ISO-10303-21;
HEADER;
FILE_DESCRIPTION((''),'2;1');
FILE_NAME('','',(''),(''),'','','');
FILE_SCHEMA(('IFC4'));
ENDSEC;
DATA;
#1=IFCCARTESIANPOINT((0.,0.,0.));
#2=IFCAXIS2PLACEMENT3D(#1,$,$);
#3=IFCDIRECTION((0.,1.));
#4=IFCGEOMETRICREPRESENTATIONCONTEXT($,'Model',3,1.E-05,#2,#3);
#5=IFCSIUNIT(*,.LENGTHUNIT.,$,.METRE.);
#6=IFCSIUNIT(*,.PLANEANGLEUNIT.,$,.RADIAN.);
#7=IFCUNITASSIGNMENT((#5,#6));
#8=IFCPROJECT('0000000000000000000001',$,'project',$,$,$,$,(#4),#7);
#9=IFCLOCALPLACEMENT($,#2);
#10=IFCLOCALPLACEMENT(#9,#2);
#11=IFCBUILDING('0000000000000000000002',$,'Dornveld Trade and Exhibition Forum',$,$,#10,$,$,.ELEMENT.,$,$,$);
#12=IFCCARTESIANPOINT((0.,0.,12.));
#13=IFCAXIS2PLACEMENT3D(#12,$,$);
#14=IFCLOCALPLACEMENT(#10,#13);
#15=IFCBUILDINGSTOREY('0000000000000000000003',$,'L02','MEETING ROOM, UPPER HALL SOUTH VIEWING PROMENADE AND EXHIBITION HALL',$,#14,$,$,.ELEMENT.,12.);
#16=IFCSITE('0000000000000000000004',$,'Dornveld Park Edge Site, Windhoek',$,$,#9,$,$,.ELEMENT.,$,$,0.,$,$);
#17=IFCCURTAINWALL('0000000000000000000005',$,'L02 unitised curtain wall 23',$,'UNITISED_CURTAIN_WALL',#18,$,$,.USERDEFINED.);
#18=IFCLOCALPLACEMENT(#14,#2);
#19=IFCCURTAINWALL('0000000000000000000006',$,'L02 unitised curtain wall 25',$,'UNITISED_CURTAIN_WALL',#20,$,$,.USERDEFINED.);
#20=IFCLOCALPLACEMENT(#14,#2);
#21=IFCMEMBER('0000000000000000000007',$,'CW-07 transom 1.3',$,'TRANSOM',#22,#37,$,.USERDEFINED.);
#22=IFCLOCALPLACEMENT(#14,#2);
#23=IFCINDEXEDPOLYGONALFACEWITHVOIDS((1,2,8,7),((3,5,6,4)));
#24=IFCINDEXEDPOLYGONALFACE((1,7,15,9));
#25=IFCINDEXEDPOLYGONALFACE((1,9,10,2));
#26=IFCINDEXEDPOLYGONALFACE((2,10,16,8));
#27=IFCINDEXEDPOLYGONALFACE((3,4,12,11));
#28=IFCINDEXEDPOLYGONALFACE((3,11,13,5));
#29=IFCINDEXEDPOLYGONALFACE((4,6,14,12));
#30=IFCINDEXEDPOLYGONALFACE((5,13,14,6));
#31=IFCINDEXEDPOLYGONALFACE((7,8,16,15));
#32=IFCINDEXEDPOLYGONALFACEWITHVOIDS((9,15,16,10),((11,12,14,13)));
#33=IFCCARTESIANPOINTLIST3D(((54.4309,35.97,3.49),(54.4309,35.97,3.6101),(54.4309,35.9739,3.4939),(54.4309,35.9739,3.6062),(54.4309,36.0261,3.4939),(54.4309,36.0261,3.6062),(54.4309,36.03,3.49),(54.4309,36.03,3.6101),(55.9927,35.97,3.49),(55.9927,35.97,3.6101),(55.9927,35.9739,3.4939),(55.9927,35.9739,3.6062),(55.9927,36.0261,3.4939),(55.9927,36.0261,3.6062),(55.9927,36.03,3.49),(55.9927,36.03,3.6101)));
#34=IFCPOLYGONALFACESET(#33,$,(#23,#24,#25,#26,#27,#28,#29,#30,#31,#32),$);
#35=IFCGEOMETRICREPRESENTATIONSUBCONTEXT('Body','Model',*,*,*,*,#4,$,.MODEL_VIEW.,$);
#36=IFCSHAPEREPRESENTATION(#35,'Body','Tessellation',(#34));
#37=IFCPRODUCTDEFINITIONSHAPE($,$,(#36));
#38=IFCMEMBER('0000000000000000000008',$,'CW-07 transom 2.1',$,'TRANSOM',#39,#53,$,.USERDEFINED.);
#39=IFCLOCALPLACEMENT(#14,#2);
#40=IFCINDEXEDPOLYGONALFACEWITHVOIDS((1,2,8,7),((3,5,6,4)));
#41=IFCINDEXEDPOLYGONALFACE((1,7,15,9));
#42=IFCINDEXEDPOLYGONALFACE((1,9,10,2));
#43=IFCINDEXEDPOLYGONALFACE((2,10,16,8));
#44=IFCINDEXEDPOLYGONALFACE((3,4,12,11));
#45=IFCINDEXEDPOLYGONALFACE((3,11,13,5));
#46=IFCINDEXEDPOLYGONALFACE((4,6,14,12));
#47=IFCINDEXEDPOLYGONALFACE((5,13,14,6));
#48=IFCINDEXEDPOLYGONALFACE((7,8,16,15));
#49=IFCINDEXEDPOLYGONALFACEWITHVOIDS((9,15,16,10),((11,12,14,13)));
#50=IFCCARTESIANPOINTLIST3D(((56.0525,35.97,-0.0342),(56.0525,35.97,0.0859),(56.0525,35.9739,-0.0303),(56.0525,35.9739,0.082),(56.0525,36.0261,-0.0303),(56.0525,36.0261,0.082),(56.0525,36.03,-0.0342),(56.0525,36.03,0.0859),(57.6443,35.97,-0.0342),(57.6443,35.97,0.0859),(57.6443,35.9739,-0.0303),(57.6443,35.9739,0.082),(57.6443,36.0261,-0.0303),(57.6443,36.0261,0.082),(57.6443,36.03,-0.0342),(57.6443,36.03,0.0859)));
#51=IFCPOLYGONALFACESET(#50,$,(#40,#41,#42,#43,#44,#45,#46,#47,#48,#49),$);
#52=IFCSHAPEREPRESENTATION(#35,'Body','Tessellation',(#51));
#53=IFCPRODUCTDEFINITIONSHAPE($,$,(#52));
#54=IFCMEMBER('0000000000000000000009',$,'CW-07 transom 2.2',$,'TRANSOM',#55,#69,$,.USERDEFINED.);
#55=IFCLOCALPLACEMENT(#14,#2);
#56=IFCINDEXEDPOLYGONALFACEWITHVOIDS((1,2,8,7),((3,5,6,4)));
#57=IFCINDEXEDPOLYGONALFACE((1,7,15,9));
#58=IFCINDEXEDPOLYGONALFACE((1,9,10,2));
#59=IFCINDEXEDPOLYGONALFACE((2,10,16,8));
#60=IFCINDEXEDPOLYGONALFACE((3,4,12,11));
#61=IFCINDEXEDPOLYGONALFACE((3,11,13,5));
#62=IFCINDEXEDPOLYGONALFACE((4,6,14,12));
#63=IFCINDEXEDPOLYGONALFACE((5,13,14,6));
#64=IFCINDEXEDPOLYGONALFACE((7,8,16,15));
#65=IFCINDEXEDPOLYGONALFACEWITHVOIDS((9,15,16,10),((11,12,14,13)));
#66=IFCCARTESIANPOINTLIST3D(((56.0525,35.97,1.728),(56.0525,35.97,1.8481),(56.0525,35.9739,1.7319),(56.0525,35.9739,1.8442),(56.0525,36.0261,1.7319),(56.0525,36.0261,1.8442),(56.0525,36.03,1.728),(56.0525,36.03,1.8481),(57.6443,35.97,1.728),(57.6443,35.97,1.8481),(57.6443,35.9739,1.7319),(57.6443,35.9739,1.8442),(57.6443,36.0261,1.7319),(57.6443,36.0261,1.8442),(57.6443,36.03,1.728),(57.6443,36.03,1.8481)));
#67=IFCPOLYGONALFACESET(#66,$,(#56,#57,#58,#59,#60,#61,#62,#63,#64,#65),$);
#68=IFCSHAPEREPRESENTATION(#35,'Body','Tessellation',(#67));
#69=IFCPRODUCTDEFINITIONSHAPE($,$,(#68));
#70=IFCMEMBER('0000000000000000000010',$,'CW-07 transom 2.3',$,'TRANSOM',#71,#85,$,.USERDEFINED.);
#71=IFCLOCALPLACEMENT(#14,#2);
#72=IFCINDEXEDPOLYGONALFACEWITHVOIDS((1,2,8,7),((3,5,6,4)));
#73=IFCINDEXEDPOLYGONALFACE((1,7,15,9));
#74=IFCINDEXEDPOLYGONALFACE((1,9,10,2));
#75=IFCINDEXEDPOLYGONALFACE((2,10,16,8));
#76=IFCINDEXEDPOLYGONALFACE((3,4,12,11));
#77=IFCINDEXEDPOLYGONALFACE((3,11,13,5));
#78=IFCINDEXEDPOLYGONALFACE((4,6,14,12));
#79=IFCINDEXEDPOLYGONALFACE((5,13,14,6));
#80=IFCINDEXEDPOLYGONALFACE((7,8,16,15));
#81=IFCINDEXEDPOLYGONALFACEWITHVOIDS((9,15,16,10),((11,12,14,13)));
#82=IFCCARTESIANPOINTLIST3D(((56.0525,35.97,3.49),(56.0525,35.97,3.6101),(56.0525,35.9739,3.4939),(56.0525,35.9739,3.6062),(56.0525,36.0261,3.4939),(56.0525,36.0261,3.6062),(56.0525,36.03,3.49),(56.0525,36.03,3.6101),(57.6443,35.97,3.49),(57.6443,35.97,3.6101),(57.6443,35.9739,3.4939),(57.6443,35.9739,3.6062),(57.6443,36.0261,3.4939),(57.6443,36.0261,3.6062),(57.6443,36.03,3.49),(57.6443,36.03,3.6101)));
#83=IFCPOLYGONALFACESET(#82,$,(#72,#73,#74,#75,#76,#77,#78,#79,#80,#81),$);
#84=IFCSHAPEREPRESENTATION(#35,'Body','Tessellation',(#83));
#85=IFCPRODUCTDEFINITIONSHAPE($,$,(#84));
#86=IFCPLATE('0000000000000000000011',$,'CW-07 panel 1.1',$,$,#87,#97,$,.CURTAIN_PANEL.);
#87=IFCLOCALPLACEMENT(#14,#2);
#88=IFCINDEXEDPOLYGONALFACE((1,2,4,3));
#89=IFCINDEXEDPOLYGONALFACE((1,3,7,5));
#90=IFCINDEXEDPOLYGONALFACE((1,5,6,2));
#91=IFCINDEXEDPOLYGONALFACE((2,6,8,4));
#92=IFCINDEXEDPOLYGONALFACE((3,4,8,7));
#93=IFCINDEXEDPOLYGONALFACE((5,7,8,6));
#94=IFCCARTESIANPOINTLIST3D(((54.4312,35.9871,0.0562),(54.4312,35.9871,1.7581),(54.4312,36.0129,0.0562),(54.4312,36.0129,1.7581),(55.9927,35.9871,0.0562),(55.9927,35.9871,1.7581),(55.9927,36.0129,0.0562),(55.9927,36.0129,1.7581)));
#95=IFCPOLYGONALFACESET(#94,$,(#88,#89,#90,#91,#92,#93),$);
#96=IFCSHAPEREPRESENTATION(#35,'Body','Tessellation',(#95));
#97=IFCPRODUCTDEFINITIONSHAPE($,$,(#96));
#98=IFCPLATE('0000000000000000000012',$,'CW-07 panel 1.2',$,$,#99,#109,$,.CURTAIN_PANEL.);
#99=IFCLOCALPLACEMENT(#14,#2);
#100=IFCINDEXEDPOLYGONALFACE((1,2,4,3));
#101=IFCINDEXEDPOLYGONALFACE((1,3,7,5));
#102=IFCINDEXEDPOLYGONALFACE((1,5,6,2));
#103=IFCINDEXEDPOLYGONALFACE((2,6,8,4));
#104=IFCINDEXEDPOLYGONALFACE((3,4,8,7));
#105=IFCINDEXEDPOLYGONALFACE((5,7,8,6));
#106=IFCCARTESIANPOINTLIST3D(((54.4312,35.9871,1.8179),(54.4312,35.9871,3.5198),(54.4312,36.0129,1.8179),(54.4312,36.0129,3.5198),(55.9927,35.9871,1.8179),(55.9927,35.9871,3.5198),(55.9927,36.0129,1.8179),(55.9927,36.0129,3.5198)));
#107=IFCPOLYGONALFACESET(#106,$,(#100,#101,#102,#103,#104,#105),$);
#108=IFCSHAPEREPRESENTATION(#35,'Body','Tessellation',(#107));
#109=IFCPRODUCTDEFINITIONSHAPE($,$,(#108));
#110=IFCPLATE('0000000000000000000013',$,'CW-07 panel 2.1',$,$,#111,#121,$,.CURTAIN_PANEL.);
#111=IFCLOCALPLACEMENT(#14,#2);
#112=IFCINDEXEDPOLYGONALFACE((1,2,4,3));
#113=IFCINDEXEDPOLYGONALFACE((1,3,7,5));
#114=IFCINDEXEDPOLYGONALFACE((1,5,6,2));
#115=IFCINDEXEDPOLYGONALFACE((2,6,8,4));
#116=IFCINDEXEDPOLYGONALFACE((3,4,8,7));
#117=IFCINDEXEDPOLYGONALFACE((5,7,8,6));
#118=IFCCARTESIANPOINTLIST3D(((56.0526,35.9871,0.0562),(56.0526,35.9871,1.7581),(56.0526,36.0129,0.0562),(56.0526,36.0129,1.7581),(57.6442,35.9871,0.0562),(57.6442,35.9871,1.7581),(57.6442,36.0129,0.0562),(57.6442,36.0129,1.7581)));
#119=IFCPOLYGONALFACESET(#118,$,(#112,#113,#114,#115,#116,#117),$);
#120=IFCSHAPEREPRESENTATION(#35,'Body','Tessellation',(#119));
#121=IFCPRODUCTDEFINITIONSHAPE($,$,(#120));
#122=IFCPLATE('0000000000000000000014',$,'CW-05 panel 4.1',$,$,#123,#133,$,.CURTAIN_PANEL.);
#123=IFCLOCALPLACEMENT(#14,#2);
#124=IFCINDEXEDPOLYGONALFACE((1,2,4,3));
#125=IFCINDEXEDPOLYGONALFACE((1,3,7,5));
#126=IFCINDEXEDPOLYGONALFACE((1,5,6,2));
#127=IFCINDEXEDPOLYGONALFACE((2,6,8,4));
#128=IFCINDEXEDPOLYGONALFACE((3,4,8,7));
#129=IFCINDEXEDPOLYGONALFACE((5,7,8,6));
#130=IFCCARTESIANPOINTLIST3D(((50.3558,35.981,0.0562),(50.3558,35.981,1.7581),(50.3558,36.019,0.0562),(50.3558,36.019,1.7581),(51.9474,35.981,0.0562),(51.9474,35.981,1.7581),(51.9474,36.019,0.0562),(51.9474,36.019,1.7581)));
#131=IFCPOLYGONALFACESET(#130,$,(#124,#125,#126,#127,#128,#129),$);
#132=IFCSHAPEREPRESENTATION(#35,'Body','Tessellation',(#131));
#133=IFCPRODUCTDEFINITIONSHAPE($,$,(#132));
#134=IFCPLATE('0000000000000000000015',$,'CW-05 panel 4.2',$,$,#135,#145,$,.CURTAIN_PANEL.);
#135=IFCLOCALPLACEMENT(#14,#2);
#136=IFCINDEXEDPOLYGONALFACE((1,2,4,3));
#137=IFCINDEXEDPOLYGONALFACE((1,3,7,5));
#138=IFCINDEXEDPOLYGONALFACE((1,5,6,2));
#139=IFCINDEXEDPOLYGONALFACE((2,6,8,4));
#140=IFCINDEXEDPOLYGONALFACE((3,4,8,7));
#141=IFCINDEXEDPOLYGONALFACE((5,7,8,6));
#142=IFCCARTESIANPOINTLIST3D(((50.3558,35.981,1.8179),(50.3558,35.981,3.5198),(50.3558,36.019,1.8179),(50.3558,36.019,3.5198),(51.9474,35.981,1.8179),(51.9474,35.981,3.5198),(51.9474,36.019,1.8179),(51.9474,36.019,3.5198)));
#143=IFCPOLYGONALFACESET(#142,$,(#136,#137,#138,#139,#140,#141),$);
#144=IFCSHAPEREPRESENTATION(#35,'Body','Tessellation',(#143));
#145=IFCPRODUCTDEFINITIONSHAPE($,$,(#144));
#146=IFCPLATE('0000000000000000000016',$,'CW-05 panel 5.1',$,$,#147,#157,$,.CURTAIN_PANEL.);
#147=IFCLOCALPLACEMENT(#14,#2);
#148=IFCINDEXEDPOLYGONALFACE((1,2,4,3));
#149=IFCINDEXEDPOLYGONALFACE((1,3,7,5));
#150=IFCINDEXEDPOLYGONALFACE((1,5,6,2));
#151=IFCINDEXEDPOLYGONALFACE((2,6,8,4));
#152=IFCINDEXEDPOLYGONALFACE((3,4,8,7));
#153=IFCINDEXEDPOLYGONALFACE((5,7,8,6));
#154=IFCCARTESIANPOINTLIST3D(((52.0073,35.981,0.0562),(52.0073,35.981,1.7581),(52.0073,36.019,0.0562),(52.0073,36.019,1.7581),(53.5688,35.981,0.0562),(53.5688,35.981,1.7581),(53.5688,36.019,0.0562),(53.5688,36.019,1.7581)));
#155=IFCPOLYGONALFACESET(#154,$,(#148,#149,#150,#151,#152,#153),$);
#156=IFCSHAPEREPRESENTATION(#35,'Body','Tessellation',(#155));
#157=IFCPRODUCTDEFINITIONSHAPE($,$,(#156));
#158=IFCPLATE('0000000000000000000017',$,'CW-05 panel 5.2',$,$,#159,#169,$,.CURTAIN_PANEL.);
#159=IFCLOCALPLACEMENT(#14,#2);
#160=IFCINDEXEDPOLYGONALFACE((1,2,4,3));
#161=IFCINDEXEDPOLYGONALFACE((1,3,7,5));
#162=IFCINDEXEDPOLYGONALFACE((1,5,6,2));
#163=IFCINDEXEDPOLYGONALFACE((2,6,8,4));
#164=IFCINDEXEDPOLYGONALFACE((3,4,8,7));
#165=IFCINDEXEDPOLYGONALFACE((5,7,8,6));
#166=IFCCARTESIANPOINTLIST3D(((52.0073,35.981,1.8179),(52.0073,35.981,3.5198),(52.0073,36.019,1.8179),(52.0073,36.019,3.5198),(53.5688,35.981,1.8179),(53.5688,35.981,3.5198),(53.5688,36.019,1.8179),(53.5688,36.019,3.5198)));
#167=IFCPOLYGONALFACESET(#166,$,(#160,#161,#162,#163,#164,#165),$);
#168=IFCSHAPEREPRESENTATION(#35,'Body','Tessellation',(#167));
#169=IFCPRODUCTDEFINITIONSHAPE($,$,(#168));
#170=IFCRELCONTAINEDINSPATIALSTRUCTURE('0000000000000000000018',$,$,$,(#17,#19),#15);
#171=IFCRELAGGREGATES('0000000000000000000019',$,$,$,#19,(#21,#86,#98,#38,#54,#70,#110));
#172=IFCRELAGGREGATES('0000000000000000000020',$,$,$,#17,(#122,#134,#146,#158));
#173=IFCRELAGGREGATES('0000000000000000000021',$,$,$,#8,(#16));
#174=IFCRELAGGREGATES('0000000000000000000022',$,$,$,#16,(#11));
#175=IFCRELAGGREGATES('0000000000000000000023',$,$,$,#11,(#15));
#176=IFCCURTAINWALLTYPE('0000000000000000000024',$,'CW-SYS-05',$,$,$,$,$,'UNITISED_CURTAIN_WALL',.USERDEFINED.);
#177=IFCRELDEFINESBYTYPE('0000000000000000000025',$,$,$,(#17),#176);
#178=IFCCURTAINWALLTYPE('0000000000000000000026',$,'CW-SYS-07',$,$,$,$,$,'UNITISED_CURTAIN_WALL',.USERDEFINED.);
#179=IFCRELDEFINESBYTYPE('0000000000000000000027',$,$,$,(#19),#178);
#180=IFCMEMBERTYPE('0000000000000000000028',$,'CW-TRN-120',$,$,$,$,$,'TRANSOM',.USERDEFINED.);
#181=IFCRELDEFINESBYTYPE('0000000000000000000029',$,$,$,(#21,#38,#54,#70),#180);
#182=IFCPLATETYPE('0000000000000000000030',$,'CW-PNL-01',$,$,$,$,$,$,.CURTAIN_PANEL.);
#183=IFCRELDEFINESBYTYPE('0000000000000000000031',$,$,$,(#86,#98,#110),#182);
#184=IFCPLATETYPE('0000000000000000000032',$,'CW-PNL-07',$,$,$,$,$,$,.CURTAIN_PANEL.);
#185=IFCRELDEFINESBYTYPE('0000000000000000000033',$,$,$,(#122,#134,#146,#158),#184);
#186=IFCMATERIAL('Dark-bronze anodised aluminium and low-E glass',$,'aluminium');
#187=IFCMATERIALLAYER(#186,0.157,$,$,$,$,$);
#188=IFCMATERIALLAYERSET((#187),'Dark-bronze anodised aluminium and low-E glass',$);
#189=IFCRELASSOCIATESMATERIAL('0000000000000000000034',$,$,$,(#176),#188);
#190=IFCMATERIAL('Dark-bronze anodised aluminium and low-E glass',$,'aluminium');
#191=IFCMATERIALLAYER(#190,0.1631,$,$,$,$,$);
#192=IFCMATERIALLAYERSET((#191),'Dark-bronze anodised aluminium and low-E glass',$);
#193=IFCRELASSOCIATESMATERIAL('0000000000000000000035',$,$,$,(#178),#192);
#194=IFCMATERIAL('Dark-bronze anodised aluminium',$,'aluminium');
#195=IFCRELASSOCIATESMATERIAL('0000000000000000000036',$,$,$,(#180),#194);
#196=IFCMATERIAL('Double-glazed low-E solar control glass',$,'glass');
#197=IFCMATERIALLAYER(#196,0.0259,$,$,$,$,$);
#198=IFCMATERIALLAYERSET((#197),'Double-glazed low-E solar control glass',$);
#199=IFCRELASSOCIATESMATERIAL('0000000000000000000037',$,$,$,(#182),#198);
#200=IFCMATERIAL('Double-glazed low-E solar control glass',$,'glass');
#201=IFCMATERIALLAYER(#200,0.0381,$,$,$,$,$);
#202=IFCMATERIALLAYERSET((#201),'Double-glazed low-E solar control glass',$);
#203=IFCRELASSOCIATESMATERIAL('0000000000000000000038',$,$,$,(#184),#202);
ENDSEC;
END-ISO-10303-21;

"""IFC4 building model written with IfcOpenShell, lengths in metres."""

from ifc_helpers import new_model, si_unit, direction, frame, origin, origin_2d, place, context, subcontext, project, spatial, rectangle, hollow_rectangle, extrude, material, layer, layer_set, material_profile, profile_set, type_object, element, aggregate, save


model = new_model("IFC4")

# Units and contexts
model_context = context("Model", 3, precision=1e-05, world=origin(), true_north=direction((0.0, 1.0)))
body_context = subcontext(model_context, "Body", "Model", "MODEL_VIEW")
ifc_project = project(units=[si_unit("LENGTHUNIT", "METRE"), si_unit("PLANEANGLEUNIT", "RADIAN")], contexts=[model_context])

# Site, building, storey
site_placement = place(None, origin())
site = spatial("IfcSite", under=ifc_project, at=site_placement, Name="Dornveld Park Edge Site, Windhoek", CompositionType="ELEMENT", RefElevation=0.0)
building_placement = place(site_placement, origin())
building = spatial("IfcBuilding", under=site, at=building_placement, Name="Dornveld Trade and Exhibition Forum", CompositionType="ELEMENT")
storey_placement = place(building_placement, frame((0.0, 0.0, 12.0)))
storey = spatial("IfcBuildingStorey", under=building, at=storey_placement, Name="L02", Description="MEETING ROOM, UPPER HALL SOUTH VIEWING PROMENADE AND EXHIBITION HALL", CompositionType="ELEMENT", Elevation=12.0)

# Curtain walls
ifc_material_1 = material(Name="Dark-bronze anodised aluminium and low-E glass", Category="aluminium")
ifc_layer_1 = layer(ifc_material_1, 0.157)
ifc_layer_set_1 = layer_set([ifc_layer_1], Name="Dark-bronze anodised aluminium and low-E glass")
curtain_wall_type_1 = type_object("IfcCurtainWallType", Name="CW-SYS-05", ElementType="UNITISED_CURTAIN_WALL", PredefinedType="USERDEFINED", material=ifc_layer_set_1)
curtain_wall_1_placement = place(storey_placement, origin())
curtain_wall_1 = element("IfcCurtainWall", 1, at=curtain_wall_1_placement, inside=storey, type_object=curtain_wall_type_1, Name="L02 unitised curtain wall 23", ObjectType="UNITISED_CURTAIN_WALL", PredefinedType="USERDEFINED")
ifc_material_2 = material(Name="Dark-bronze anodised aluminium and low-E glass", Category="aluminium")
ifc_layer_2 = layer(ifc_material_2, 0.1631)
ifc_layer_set_2 = layer_set([ifc_layer_2], Name="Dark-bronze anodised aluminium and low-E glass")
curtain_wall_type_2 = type_object("IfcCurtainWallType", Name="CW-SYS-07", ElementType="UNITISED_CURTAIN_WALL", PredefinedType="USERDEFINED", material=ifc_layer_set_2)
curtain_wall_2_placement = place(storey_placement, origin())
curtain_wall_2 = element("IfcCurtainWall", 2, at=curtain_wall_2_placement, inside=storey, type_object=curtain_wall_type_2, Name="L02 unitised curtain wall 25", ObjectType="UNITISED_CURTAIN_WALL", PredefinedType="USERDEFINED")

# Members
ifc_material_3 = material(Name="Dark-bronze anodised aluminium", Category="aluminium")
ifc_material_profile_1 = material_profile(ifc_material_3, hollow_rectangle(XDim=0.0601, YDim=0.1201, WallThickness=0.0039, at=origin_2d()), Name="RHS 120x60x4")
ifc_profile_set_1 = profile_set([ifc_material_profile_1], Name="Dark-bronze anodised aluminium")
member_type_1 = type_object("IfcMemberType", Name="CW-TRN-120", ElementType="TRANSOM", PredefinedType="USERDEFINED", material=ifc_profile_set_1)
member_1_placement = place(storey_placement, frame((54.4309, 36.0, 3.55), z_axis=(1.0, 0.0, 0.0), x_axis=(0.0, 1.0, 0.0)))
member_1 = element("IfcMember", 3, at=member_1_placement, type_object=member_type_1, Name="CW-07 transom 1.3", ObjectType="TRANSOM", PredefinedType="USERDEFINED", context=body_context, shape_type="SweptSolid", body=[
    extrude(hollow_rectangle(XDim=0.0601, YDim=0.1201, WallThickness=0.0039, at=origin_2d()), origin(), (0.0, 0.0, 1.0), 1.5618),
])
member_2_placement = place(storey_placement, frame((56.0525, 36.0, 0.0259), z_axis=(1.0, 0.0, 0.0), x_axis=(0.0, 1.0, 0.0)))
member_2 = element("IfcMember", 4, at=member_2_placement, type_object=member_type_1, Name="CW-07 transom 2.1", ObjectType="TRANSOM", PredefinedType="USERDEFINED", context=body_context, shape_type="SweptSolid", body=[
    extrude(hollow_rectangle(XDim=0.0601, YDim=0.1201, WallThickness=0.0039, at=origin_2d()), origin(), (0.0, 0.0, 1.0), 1.5918),
])
member_3_placement = place(storey_placement, frame((56.0525, 36.0, 1.7881), z_axis=(1.0, 0.0, 0.0), x_axis=(0.0, 1.0, 0.0)))
member_3 = element("IfcMember", 5, at=member_3_placement, type_object=member_type_1, Name="CW-07 transom 2.2", ObjectType="TRANSOM", PredefinedType="USERDEFINED", context=body_context, shape_type="SweptSolid", body=[
    extrude(hollow_rectangle(XDim=0.0601, YDim=0.1201, WallThickness=0.0039, at=origin_2d()), origin(), (0.0, 0.0, 1.0), 1.5918),
])
member_4_placement = place(storey_placement, frame((56.0525, 36.0, 3.55), z_axis=(1.0, 0.0, 0.0), x_axis=(0.0, 1.0, 0.0)))
member_4 = element("IfcMember", 6, at=member_4_placement, type_object=member_type_1, Name="CW-07 transom 2.3", ObjectType="TRANSOM", PredefinedType="USERDEFINED", context=body_context, shape_type="SweptSolid", body=[
    extrude(hollow_rectangle(XDim=0.0601, YDim=0.1201, WallThickness=0.0039, at=origin_2d()), origin(), (0.0, 0.0, 1.0), 1.5918),
])

# Plates
ifc_material_4 = material(Name="Double-glazed low-E solar control glass", Category="glass")
ifc_layer_3 = layer(ifc_material_4, 0.0259)
ifc_layer_set_3 = layer_set([ifc_layer_3], Name="Double-glazed low-E solar control glass")
plate_type_1 = type_object("IfcPlateType", Name="CW-PNL-01", PredefinedType="CURTAIN_PANEL", material=ifc_layer_set_3)
plate_1_placement = place(storey_placement, frame((55.2119, 36.0, 0.0562), z_axis=(0.0, 0.0, 1.0), x_axis=(1.0, 0.0, 0.0)))
plate_1 = element("IfcPlate", 7, at=plate_1_placement, type_object=plate_type_1, Name="CW-07 panel 1.1", PredefinedType="CURTAIN_PANEL", context=body_context, shape_type="SweptSolid", body=[
    extrude(rectangle(XDim=1.5615, YDim=0.0259, at=origin_2d()), origin(), (0.0, 0.0, 1.0), 1.7019),
])
plate_2_placement = place(storey_placement, frame((55.2119, 36.0, 1.8179), z_axis=(0.0, 0.0, 1.0), x_axis=(1.0, 0.0, 0.0)))
plate_2 = element("IfcPlate", 8, at=plate_2_placement, type_object=plate_type_1, Name="CW-07 panel 1.2", PredefinedType="CURTAIN_PANEL", context=body_context, shape_type="SweptSolid", body=[
    extrude(rectangle(XDim=1.5615, YDim=0.0259, at=origin_2d()), origin(), (0.0, 0.0, 1.0), 1.7019),
])
plate_3_placement = place(storey_placement, frame((56.8484, 36.0, 0.0562), z_axis=(0.0, 0.0, 1.0), x_axis=(1.0, 0.0, 0.0)))
plate_3 = element("IfcPlate", 9, at=plate_3_placement, type_object=plate_type_1, Name="CW-07 panel 2.1", PredefinedType="CURTAIN_PANEL", context=body_context, shape_type="SweptSolid", body=[
    extrude(rectangle(XDim=1.5916, YDim=0.0259, at=origin_2d()), origin(), (0.0, 0.0, 1.0), 1.7019),
])
aggregate(curtain_wall_2, [member_1, plate_1, plate_2, member_2, member_3, member_4, plate_3])
ifc_material_5 = material(Name="Double-glazed low-E solar control glass", Category="glass")
ifc_layer_4 = layer(ifc_material_5, 0.0381)
ifc_layer_set_4 = layer_set([ifc_layer_4], Name="Double-glazed low-E solar control glass")
plate_type_2 = type_object("IfcPlateType", Name="CW-PNL-07", PredefinedType="CURTAIN_PANEL", material=ifc_layer_set_4)
plate_4_placement = place(storey_placement, frame((51.1516, 36.0, 0.0562), z_axis=(0.0, 0.0, 1.0), x_axis=(1.0, 0.0, 0.0)))
plate_4 = element("IfcPlate", 10, at=plate_4_placement, type_object=plate_type_2, Name="CW-05 panel 4.1", PredefinedType="CURTAIN_PANEL", context=body_context, shape_type="SweptSolid", body=[
    extrude(rectangle(XDim=1.5916, YDim=0.0381, at=origin_2d()), origin(), (0.0, 0.0, 1.0), 1.7019),
])
plate_5_placement = place(storey_placement, frame((51.1516, 36.0, 1.8179), z_axis=(0.0, 0.0, 1.0), x_axis=(1.0, 0.0, 0.0)))
plate_5 = element("IfcPlate", 11, at=plate_5_placement, type_object=plate_type_2, Name="CW-05 panel 4.2", PredefinedType="CURTAIN_PANEL", context=body_context, shape_type="SweptSolid", body=[
    extrude(rectangle(XDim=1.5916, YDim=0.0381, at=origin_2d()), origin(), (0.0, 0.0, 1.0), 1.7019),
])
plate_6_placement = place(storey_placement, frame((52.7881, 36.0, 0.0562), z_axis=(0.0, 0.0, 1.0), x_axis=(1.0, 0.0, 0.0)))
plate_6 = element("IfcPlate", 12, at=plate_6_placement, type_object=plate_type_2, Name="CW-05 panel 5.1", PredefinedType="CURTAIN_PANEL", context=body_context, shape_type="SweptSolid", body=[
    extrude(rectangle(XDim=1.5615, YDim=0.0381, at=origin_2d()), origin(), (0.0, 0.0, 1.0), 1.7019),
])
plate_7_placement = place(storey_placement, frame((52.7881, 36.0, 1.8179), z_axis=(0.0, 0.0, 1.0), x_axis=(1.0, 0.0, 0.0)))
plate_7 = element("IfcPlate", 13, at=plate_7_placement, type_object=plate_type_2, Name="CW-05 panel 5.2", PredefinedType="CURTAIN_PANEL", context=body_context, shape_type="SweptSolid", body=[
    extrude(rectangle(XDim=1.5615, YDim=0.0381, at=origin_2d()), origin(), (0.0, 0.0, 1.0), 1.7019),
])
aggregate(curtain_wall_1, [plate_4, plate_5, plate_6, plate_7])

save(model, "model.ifc")
